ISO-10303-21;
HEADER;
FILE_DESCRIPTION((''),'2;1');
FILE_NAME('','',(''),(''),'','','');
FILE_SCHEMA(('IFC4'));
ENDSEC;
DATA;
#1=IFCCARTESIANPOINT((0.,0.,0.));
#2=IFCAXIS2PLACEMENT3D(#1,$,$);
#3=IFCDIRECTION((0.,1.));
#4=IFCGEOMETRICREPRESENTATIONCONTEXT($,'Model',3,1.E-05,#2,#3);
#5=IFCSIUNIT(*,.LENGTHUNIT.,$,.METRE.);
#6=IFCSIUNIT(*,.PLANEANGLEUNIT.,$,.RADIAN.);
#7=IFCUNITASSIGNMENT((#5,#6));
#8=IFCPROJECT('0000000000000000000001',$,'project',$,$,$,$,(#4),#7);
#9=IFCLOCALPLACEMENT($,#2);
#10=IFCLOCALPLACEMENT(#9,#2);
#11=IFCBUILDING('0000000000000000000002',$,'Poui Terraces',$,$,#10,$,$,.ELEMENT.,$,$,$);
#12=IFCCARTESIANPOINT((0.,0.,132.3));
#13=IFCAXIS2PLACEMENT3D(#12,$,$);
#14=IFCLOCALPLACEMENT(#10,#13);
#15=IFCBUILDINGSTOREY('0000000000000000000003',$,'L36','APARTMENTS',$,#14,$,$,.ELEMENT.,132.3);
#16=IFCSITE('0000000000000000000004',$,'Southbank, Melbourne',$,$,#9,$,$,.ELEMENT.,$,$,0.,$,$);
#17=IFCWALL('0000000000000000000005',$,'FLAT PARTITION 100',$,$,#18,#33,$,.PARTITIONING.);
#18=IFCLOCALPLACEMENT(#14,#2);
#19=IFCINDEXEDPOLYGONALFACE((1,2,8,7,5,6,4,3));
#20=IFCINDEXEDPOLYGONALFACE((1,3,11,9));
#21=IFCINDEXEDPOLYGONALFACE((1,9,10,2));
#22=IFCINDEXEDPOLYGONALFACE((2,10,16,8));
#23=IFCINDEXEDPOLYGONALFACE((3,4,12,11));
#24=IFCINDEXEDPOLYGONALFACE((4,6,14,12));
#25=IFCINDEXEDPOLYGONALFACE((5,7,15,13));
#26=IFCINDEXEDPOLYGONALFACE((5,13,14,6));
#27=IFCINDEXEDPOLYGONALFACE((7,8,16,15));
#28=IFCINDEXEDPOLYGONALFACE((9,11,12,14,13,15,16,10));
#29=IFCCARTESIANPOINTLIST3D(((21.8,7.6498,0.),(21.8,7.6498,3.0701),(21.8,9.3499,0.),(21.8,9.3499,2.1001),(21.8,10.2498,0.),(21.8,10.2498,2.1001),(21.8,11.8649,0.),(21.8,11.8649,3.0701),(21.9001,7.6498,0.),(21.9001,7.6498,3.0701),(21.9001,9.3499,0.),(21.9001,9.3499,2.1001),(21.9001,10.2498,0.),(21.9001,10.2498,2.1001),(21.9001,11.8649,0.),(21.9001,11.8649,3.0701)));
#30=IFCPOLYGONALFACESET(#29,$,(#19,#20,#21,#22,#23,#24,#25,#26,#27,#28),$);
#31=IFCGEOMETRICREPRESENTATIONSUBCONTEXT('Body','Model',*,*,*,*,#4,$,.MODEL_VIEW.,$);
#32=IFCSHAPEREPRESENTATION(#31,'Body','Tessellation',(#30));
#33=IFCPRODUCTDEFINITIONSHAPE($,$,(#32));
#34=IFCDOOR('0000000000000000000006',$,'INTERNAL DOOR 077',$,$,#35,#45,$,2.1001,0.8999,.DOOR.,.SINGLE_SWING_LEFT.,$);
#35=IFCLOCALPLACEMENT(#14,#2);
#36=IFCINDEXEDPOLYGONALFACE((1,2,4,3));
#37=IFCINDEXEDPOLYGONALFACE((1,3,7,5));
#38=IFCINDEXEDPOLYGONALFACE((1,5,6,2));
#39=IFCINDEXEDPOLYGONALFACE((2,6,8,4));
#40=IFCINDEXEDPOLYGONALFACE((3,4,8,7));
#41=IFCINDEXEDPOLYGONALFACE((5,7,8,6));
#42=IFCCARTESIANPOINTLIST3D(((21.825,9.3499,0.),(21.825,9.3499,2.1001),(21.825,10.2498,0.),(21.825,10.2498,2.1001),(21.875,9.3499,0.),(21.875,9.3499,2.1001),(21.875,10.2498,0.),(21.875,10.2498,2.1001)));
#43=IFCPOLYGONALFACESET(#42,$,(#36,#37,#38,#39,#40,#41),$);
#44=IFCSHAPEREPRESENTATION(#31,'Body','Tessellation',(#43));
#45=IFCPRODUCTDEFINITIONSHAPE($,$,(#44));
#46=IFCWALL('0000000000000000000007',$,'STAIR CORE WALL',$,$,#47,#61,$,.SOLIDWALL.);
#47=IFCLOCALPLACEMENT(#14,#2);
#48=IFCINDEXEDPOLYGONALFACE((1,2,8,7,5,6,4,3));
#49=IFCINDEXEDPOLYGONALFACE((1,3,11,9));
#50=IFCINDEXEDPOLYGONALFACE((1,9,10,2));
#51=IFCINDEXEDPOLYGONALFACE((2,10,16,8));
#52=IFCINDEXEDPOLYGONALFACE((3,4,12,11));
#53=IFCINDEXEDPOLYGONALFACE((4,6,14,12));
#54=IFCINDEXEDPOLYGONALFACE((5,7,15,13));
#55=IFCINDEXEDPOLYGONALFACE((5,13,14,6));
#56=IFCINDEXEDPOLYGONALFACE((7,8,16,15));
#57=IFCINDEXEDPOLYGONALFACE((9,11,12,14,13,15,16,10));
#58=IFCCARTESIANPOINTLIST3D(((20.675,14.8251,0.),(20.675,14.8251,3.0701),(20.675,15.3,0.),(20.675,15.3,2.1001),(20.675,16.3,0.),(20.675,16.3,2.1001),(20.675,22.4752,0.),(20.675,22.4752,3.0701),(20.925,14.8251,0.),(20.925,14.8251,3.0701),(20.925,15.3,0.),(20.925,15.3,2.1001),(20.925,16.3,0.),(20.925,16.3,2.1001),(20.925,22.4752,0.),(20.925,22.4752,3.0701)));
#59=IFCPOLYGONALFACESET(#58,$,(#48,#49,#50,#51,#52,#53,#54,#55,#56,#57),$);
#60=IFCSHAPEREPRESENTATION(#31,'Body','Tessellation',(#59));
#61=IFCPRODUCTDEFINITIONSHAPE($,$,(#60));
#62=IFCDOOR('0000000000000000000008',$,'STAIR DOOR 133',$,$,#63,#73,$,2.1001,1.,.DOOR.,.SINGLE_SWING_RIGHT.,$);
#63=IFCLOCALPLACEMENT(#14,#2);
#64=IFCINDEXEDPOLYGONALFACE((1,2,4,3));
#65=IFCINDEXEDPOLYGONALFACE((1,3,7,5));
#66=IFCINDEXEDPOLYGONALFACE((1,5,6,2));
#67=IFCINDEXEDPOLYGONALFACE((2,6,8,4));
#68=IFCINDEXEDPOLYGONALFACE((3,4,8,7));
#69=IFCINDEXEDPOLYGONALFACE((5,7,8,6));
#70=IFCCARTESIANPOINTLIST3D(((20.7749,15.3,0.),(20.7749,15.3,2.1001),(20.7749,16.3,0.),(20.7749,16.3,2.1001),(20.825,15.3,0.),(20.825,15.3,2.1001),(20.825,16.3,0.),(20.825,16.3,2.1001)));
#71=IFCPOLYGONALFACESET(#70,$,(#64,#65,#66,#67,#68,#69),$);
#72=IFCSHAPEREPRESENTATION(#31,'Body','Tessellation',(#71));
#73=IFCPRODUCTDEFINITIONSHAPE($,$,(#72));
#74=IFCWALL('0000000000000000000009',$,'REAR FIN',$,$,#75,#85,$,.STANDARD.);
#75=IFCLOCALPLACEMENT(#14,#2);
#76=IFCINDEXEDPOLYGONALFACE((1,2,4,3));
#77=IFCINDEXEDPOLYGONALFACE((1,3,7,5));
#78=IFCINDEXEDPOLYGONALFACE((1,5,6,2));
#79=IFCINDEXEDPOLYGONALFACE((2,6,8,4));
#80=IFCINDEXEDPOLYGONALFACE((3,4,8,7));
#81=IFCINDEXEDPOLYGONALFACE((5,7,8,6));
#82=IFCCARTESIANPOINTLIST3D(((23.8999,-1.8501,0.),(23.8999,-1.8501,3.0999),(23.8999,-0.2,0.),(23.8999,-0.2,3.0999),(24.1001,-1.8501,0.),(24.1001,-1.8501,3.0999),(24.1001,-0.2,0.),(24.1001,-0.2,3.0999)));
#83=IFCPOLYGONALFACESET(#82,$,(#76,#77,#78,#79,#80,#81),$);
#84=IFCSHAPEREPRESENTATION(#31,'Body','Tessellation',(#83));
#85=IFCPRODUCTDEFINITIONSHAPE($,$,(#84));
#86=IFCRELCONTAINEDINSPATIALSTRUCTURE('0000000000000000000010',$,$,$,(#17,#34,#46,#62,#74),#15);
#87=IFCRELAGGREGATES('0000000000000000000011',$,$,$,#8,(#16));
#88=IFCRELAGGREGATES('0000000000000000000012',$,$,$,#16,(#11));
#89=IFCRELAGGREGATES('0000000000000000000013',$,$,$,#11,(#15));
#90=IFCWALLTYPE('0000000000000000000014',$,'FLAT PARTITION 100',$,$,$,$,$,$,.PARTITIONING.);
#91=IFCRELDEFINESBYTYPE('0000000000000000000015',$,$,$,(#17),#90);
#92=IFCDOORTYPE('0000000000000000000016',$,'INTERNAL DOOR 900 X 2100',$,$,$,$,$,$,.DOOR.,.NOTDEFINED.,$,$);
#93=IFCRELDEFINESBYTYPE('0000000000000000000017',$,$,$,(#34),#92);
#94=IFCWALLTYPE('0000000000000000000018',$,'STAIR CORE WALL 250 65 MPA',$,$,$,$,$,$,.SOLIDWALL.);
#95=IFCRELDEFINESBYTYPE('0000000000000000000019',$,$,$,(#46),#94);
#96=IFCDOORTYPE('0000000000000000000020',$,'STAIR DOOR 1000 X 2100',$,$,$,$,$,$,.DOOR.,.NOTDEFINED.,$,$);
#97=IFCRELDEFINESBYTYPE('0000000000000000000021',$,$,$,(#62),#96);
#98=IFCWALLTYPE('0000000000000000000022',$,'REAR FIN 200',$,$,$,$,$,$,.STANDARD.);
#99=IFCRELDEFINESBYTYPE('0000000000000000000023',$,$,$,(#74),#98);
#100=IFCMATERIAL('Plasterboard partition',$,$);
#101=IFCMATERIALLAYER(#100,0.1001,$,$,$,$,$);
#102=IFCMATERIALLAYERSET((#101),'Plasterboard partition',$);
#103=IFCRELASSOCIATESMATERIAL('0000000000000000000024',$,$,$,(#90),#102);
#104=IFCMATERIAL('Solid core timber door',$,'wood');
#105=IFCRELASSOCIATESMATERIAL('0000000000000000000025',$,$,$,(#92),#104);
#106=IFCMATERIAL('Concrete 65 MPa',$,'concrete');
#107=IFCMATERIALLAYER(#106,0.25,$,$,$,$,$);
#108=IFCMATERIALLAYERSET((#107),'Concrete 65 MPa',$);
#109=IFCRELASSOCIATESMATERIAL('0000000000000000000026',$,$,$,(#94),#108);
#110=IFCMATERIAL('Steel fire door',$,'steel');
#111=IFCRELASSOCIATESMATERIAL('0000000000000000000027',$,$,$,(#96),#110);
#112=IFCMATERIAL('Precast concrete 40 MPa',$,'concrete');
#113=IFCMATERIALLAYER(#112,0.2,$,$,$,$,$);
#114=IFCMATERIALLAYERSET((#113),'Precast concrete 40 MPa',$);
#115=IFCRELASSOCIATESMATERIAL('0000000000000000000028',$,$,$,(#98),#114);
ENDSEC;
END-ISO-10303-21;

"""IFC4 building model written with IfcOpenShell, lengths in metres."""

from ifc_helpers import new_model, si_unit, direction, frame, frame_2d, origin, place, context, subcontext, project, spatial, polyline, rectangle, outline, extrude, source, transform, mapped, material, layer, layer_set, type_object, element, fill, save


model = new_model("IFC4")

# Units and contexts
model_context = context("Model", 3, precision=1e-05, world=origin(), true_north=direction((0.0, 1.0)))
body_context = subcontext(model_context, "Body", "Model", "MODEL_VIEW")
ifc_project = project(units=[si_unit("LENGTHUNIT", "METRE"), si_unit("PLANEANGLEUNIT", "RADIAN")], contexts=[model_context])

# Site, building, storey
site_placement = place(None, origin())
site = spatial("IfcSite", under=ifc_project, at=site_placement, Name="Southbank, Melbourne", CompositionType="ELEMENT", RefElevation=0.0)
building_placement = place(site_placement, origin())
building = spatial("IfcBuilding", under=site, at=building_placement, Name="Poui Terraces", CompositionType="ELEMENT")
storey_placement = place(building_placement, frame((0.0, 0.0, 132.3)))
storey = spatial("IfcBuildingStorey", under=building, at=storey_placement, Name="L36", Description="APARTMENTS", CompositionType="ELEMENT", Elevation=132.3)

# Shared definitions
ifc_material_1 = material(Name="Concrete 65 MPa", Category="concrete")

# Shared definitions
ifc_material_2 = material(Name="Precast concrete 40 MPa", Category="concrete")

# Shared definitions
ifc_material_3 = material(Name="Steel fire door", Category="steel")

# Shared definitions
ifc_material_4 = material(Name="Plasterboard partition")
ifc_layer_1 = layer(ifc_material_4, 0.1001)
ifc_layer_set_1 = layer_set([ifc_layer_1], Name="Plasterboard partition")
wall_type_1 = type_object("IfcWallType", Name="FLAT PARTITION 100", PredefinedType="PARTITIONING", material=ifc_layer_set_1)

# Walls, openings, doors
ifc_material_5 = material(Name="Solid core timber door", Category="wood")
wall_1_placement = place(storey_placement, frame((21.8501, 7.6499, 0.0), z_axis=(0.0, 0.0, 1.0), x_axis=(0.0, 1.0, 0.0)))
wall_1 = element("IfcWall", 1, at=wall_1_placement, inside=storey, type_object=wall_type_1, Name="FLAT PARTITION 100", PredefinedType="PARTITIONING", context=body_context, shape_type="SweptSolid", body=[
    extrude(rectangle(XDim=4.2151, YDim=0.1001, at=frame_2d((2.1074, 0.0))), origin(), (0.0, 0.0, 1.0), 3.0701),
])
opening_1_placement = place(wall_1_placement, frame((1.7, 0.0, 0.0)))
opening_1 = element("IfcOpeningElement", 2, at=opening_1_placement, cuts=wall_1, PredefinedType="OPENING", context=body_context, shape_type="SweptSolid", body=[
    extrude(rectangle(XDim=0.8999, YDim=2.1001, at=frame_2d((0.45, 1.05))), frame((0.0, 0.0601, 0.0), z_axis=(0.0, -1.0, 0.0), x_axis=(1.0, 0.0, 0.0)), (0.0, 0.0, 1.0), 0.1201),
])
door_type_1 = type_object("IfcDoorType", Name="INTERNAL DOOR 900 X 2100", OperationType="NOTDEFINED", PredefinedType="DOOR", material=ifc_material_5)
door_1_placement = place(opening_1_placement, frame((0.8999, 0.0, 0.0), z_axis=(0.0, 0.0, 1.0), x_axis=(-1.0, 0.0, 0.0)))
door_1 = element("IfcDoor", 3, at=door_1_placement, inside=storey, type_object=door_type_1, Name="INTERNAL DOOR 077", OperationType="SINGLE_SWING_LEFT", OverallHeight=2.1001, OverallWidth=0.8999, PredefinedType="DOOR", context=body_context, shape_type="SweptSolid", body=[
    extrude(rectangle(XDim=0.8999, YDim=2.1001, at=frame_2d((0.45, 1.05))), frame((0.0, 0.0249, 0.0), z_axis=(0.0, -1.0, 0.0), x_axis=(1.0, 0.0, 0.0)), (0.0, 0.0, 1.0), 0.05),
])
fill(opening_1, door_1)
ifc_layer_2 = layer(ifc_material_1, 0.25)
ifc_layer_set_2 = layer_set([ifc_layer_2], Name="Concrete 65 MPa")
wall_type_2 = type_object("IfcWallType", Name="STAIR CORE WALL 250 65 MPA", PredefinedType="SOLIDWALL", material=ifc_layer_set_2)
wall_2_placement = place(storey_placement, frame((20.8, 14.825, 0.0), z_axis=(0.0, 0.0, 1.0), x_axis=(0.0, 1.0, 0.0)))
wall_2 = element("IfcWall", 4, at=wall_2_placement, inside=storey, type_object=wall_type_2, Name="STAIR CORE WALL", PredefinedType="SOLIDWALL", context=body_context, shape_type="SweptSolid", body=[
    extrude(rectangle(XDim=7.6501, YDim=0.25, at=frame_2d((3.8252, 0.0))), origin(), (0.0, 0.0, 1.0), 3.0701),
])
opening_2_placement = place(wall_2_placement, frame((0.4751, 0.0, 0.0)))
opening_2 = element("IfcOpeningElement", 5, at=opening_2_placement, cuts=wall_2, PredefinedType="OPENING", context=body_context, shape_type="SweptSolid", body=[
    extrude(rectangle(XDim=1.0, YDim=2.1001, at=frame_2d((0.5, 1.05))), frame((0.0, 0.135, 0.0), z_axis=(0.0, -1.0, 0.0), x_axis=(1.0, 0.0, 0.0)), (0.0, 0.0, 1.0), 0.27),
])
door_type_2 = type_object("IfcDoorType", Name="STAIR DOOR 1000 X 2100", OperationType="NOTDEFINED", PredefinedType="DOOR", material=ifc_material_3)
door_2_placement = place(opening_2_placement, frame((1.0, 0.0, 0.0), z_axis=(0.0, 0.0, 1.0), x_axis=(-1.0, 0.0, 0.0)))
door_2 = element("IfcDoor", 6, at=door_2_placement, inside=storey, type_object=door_type_2, Name="STAIR DOOR 133", OperationType="SINGLE_SWING_RIGHT", OverallHeight=2.1001, OverallWidth=1.0, PredefinedType="DOOR", context=body_context, shape_type="SweptSolid", body=[
    extrude(rectangle(XDim=1.0, YDim=2.1001, at=frame_2d((0.5, 1.05))), frame((0.0, 0.0249, 0.0), z_axis=(0.0, -1.0, 0.0), x_axis=(1.0, 0.0, 0.0)), (0.0, 0.0, 1.0), 0.05),
])
fill(opening_2, door_2)

# Wall
ifc_layer_3 = layer(ifc_material_2, 0.2)
ifc_layer_set_3 = layer_set([ifc_layer_3], Name="Precast concrete 40 MPa")
wall_type_3 = type_object("IfcWallType", Name="REAR FIN 200", PredefinedType="STANDARD", material=ifc_layer_set_3)
shared_shape_1 = source(origin(), body_context, "Body", "SweptSolid", [
    extrude(outline(polyline([(0.0, 0.0), (0.2002, 0.0), (0.2002, 1.6501), (0.0, 1.6501), (0.0, 0.0)])), origin(), (0.0, 0.0, 1.0), 3.0999),
])
wall_3_placement = place(storey_placement, frame((23.8999, -1.8501, 0.0)))
element("IfcWall", 7, at=wall_3_placement, inside=storey, type_object=wall_type_3, Name="REAR FIN", PredefinedType="STANDARD", context=body_context, shape_type="MappedRepresentation", body=[
    mapped(shared_shape_1, transform((0.0, 0.0, 0.0))),
])

save(model, "model.ifc")
